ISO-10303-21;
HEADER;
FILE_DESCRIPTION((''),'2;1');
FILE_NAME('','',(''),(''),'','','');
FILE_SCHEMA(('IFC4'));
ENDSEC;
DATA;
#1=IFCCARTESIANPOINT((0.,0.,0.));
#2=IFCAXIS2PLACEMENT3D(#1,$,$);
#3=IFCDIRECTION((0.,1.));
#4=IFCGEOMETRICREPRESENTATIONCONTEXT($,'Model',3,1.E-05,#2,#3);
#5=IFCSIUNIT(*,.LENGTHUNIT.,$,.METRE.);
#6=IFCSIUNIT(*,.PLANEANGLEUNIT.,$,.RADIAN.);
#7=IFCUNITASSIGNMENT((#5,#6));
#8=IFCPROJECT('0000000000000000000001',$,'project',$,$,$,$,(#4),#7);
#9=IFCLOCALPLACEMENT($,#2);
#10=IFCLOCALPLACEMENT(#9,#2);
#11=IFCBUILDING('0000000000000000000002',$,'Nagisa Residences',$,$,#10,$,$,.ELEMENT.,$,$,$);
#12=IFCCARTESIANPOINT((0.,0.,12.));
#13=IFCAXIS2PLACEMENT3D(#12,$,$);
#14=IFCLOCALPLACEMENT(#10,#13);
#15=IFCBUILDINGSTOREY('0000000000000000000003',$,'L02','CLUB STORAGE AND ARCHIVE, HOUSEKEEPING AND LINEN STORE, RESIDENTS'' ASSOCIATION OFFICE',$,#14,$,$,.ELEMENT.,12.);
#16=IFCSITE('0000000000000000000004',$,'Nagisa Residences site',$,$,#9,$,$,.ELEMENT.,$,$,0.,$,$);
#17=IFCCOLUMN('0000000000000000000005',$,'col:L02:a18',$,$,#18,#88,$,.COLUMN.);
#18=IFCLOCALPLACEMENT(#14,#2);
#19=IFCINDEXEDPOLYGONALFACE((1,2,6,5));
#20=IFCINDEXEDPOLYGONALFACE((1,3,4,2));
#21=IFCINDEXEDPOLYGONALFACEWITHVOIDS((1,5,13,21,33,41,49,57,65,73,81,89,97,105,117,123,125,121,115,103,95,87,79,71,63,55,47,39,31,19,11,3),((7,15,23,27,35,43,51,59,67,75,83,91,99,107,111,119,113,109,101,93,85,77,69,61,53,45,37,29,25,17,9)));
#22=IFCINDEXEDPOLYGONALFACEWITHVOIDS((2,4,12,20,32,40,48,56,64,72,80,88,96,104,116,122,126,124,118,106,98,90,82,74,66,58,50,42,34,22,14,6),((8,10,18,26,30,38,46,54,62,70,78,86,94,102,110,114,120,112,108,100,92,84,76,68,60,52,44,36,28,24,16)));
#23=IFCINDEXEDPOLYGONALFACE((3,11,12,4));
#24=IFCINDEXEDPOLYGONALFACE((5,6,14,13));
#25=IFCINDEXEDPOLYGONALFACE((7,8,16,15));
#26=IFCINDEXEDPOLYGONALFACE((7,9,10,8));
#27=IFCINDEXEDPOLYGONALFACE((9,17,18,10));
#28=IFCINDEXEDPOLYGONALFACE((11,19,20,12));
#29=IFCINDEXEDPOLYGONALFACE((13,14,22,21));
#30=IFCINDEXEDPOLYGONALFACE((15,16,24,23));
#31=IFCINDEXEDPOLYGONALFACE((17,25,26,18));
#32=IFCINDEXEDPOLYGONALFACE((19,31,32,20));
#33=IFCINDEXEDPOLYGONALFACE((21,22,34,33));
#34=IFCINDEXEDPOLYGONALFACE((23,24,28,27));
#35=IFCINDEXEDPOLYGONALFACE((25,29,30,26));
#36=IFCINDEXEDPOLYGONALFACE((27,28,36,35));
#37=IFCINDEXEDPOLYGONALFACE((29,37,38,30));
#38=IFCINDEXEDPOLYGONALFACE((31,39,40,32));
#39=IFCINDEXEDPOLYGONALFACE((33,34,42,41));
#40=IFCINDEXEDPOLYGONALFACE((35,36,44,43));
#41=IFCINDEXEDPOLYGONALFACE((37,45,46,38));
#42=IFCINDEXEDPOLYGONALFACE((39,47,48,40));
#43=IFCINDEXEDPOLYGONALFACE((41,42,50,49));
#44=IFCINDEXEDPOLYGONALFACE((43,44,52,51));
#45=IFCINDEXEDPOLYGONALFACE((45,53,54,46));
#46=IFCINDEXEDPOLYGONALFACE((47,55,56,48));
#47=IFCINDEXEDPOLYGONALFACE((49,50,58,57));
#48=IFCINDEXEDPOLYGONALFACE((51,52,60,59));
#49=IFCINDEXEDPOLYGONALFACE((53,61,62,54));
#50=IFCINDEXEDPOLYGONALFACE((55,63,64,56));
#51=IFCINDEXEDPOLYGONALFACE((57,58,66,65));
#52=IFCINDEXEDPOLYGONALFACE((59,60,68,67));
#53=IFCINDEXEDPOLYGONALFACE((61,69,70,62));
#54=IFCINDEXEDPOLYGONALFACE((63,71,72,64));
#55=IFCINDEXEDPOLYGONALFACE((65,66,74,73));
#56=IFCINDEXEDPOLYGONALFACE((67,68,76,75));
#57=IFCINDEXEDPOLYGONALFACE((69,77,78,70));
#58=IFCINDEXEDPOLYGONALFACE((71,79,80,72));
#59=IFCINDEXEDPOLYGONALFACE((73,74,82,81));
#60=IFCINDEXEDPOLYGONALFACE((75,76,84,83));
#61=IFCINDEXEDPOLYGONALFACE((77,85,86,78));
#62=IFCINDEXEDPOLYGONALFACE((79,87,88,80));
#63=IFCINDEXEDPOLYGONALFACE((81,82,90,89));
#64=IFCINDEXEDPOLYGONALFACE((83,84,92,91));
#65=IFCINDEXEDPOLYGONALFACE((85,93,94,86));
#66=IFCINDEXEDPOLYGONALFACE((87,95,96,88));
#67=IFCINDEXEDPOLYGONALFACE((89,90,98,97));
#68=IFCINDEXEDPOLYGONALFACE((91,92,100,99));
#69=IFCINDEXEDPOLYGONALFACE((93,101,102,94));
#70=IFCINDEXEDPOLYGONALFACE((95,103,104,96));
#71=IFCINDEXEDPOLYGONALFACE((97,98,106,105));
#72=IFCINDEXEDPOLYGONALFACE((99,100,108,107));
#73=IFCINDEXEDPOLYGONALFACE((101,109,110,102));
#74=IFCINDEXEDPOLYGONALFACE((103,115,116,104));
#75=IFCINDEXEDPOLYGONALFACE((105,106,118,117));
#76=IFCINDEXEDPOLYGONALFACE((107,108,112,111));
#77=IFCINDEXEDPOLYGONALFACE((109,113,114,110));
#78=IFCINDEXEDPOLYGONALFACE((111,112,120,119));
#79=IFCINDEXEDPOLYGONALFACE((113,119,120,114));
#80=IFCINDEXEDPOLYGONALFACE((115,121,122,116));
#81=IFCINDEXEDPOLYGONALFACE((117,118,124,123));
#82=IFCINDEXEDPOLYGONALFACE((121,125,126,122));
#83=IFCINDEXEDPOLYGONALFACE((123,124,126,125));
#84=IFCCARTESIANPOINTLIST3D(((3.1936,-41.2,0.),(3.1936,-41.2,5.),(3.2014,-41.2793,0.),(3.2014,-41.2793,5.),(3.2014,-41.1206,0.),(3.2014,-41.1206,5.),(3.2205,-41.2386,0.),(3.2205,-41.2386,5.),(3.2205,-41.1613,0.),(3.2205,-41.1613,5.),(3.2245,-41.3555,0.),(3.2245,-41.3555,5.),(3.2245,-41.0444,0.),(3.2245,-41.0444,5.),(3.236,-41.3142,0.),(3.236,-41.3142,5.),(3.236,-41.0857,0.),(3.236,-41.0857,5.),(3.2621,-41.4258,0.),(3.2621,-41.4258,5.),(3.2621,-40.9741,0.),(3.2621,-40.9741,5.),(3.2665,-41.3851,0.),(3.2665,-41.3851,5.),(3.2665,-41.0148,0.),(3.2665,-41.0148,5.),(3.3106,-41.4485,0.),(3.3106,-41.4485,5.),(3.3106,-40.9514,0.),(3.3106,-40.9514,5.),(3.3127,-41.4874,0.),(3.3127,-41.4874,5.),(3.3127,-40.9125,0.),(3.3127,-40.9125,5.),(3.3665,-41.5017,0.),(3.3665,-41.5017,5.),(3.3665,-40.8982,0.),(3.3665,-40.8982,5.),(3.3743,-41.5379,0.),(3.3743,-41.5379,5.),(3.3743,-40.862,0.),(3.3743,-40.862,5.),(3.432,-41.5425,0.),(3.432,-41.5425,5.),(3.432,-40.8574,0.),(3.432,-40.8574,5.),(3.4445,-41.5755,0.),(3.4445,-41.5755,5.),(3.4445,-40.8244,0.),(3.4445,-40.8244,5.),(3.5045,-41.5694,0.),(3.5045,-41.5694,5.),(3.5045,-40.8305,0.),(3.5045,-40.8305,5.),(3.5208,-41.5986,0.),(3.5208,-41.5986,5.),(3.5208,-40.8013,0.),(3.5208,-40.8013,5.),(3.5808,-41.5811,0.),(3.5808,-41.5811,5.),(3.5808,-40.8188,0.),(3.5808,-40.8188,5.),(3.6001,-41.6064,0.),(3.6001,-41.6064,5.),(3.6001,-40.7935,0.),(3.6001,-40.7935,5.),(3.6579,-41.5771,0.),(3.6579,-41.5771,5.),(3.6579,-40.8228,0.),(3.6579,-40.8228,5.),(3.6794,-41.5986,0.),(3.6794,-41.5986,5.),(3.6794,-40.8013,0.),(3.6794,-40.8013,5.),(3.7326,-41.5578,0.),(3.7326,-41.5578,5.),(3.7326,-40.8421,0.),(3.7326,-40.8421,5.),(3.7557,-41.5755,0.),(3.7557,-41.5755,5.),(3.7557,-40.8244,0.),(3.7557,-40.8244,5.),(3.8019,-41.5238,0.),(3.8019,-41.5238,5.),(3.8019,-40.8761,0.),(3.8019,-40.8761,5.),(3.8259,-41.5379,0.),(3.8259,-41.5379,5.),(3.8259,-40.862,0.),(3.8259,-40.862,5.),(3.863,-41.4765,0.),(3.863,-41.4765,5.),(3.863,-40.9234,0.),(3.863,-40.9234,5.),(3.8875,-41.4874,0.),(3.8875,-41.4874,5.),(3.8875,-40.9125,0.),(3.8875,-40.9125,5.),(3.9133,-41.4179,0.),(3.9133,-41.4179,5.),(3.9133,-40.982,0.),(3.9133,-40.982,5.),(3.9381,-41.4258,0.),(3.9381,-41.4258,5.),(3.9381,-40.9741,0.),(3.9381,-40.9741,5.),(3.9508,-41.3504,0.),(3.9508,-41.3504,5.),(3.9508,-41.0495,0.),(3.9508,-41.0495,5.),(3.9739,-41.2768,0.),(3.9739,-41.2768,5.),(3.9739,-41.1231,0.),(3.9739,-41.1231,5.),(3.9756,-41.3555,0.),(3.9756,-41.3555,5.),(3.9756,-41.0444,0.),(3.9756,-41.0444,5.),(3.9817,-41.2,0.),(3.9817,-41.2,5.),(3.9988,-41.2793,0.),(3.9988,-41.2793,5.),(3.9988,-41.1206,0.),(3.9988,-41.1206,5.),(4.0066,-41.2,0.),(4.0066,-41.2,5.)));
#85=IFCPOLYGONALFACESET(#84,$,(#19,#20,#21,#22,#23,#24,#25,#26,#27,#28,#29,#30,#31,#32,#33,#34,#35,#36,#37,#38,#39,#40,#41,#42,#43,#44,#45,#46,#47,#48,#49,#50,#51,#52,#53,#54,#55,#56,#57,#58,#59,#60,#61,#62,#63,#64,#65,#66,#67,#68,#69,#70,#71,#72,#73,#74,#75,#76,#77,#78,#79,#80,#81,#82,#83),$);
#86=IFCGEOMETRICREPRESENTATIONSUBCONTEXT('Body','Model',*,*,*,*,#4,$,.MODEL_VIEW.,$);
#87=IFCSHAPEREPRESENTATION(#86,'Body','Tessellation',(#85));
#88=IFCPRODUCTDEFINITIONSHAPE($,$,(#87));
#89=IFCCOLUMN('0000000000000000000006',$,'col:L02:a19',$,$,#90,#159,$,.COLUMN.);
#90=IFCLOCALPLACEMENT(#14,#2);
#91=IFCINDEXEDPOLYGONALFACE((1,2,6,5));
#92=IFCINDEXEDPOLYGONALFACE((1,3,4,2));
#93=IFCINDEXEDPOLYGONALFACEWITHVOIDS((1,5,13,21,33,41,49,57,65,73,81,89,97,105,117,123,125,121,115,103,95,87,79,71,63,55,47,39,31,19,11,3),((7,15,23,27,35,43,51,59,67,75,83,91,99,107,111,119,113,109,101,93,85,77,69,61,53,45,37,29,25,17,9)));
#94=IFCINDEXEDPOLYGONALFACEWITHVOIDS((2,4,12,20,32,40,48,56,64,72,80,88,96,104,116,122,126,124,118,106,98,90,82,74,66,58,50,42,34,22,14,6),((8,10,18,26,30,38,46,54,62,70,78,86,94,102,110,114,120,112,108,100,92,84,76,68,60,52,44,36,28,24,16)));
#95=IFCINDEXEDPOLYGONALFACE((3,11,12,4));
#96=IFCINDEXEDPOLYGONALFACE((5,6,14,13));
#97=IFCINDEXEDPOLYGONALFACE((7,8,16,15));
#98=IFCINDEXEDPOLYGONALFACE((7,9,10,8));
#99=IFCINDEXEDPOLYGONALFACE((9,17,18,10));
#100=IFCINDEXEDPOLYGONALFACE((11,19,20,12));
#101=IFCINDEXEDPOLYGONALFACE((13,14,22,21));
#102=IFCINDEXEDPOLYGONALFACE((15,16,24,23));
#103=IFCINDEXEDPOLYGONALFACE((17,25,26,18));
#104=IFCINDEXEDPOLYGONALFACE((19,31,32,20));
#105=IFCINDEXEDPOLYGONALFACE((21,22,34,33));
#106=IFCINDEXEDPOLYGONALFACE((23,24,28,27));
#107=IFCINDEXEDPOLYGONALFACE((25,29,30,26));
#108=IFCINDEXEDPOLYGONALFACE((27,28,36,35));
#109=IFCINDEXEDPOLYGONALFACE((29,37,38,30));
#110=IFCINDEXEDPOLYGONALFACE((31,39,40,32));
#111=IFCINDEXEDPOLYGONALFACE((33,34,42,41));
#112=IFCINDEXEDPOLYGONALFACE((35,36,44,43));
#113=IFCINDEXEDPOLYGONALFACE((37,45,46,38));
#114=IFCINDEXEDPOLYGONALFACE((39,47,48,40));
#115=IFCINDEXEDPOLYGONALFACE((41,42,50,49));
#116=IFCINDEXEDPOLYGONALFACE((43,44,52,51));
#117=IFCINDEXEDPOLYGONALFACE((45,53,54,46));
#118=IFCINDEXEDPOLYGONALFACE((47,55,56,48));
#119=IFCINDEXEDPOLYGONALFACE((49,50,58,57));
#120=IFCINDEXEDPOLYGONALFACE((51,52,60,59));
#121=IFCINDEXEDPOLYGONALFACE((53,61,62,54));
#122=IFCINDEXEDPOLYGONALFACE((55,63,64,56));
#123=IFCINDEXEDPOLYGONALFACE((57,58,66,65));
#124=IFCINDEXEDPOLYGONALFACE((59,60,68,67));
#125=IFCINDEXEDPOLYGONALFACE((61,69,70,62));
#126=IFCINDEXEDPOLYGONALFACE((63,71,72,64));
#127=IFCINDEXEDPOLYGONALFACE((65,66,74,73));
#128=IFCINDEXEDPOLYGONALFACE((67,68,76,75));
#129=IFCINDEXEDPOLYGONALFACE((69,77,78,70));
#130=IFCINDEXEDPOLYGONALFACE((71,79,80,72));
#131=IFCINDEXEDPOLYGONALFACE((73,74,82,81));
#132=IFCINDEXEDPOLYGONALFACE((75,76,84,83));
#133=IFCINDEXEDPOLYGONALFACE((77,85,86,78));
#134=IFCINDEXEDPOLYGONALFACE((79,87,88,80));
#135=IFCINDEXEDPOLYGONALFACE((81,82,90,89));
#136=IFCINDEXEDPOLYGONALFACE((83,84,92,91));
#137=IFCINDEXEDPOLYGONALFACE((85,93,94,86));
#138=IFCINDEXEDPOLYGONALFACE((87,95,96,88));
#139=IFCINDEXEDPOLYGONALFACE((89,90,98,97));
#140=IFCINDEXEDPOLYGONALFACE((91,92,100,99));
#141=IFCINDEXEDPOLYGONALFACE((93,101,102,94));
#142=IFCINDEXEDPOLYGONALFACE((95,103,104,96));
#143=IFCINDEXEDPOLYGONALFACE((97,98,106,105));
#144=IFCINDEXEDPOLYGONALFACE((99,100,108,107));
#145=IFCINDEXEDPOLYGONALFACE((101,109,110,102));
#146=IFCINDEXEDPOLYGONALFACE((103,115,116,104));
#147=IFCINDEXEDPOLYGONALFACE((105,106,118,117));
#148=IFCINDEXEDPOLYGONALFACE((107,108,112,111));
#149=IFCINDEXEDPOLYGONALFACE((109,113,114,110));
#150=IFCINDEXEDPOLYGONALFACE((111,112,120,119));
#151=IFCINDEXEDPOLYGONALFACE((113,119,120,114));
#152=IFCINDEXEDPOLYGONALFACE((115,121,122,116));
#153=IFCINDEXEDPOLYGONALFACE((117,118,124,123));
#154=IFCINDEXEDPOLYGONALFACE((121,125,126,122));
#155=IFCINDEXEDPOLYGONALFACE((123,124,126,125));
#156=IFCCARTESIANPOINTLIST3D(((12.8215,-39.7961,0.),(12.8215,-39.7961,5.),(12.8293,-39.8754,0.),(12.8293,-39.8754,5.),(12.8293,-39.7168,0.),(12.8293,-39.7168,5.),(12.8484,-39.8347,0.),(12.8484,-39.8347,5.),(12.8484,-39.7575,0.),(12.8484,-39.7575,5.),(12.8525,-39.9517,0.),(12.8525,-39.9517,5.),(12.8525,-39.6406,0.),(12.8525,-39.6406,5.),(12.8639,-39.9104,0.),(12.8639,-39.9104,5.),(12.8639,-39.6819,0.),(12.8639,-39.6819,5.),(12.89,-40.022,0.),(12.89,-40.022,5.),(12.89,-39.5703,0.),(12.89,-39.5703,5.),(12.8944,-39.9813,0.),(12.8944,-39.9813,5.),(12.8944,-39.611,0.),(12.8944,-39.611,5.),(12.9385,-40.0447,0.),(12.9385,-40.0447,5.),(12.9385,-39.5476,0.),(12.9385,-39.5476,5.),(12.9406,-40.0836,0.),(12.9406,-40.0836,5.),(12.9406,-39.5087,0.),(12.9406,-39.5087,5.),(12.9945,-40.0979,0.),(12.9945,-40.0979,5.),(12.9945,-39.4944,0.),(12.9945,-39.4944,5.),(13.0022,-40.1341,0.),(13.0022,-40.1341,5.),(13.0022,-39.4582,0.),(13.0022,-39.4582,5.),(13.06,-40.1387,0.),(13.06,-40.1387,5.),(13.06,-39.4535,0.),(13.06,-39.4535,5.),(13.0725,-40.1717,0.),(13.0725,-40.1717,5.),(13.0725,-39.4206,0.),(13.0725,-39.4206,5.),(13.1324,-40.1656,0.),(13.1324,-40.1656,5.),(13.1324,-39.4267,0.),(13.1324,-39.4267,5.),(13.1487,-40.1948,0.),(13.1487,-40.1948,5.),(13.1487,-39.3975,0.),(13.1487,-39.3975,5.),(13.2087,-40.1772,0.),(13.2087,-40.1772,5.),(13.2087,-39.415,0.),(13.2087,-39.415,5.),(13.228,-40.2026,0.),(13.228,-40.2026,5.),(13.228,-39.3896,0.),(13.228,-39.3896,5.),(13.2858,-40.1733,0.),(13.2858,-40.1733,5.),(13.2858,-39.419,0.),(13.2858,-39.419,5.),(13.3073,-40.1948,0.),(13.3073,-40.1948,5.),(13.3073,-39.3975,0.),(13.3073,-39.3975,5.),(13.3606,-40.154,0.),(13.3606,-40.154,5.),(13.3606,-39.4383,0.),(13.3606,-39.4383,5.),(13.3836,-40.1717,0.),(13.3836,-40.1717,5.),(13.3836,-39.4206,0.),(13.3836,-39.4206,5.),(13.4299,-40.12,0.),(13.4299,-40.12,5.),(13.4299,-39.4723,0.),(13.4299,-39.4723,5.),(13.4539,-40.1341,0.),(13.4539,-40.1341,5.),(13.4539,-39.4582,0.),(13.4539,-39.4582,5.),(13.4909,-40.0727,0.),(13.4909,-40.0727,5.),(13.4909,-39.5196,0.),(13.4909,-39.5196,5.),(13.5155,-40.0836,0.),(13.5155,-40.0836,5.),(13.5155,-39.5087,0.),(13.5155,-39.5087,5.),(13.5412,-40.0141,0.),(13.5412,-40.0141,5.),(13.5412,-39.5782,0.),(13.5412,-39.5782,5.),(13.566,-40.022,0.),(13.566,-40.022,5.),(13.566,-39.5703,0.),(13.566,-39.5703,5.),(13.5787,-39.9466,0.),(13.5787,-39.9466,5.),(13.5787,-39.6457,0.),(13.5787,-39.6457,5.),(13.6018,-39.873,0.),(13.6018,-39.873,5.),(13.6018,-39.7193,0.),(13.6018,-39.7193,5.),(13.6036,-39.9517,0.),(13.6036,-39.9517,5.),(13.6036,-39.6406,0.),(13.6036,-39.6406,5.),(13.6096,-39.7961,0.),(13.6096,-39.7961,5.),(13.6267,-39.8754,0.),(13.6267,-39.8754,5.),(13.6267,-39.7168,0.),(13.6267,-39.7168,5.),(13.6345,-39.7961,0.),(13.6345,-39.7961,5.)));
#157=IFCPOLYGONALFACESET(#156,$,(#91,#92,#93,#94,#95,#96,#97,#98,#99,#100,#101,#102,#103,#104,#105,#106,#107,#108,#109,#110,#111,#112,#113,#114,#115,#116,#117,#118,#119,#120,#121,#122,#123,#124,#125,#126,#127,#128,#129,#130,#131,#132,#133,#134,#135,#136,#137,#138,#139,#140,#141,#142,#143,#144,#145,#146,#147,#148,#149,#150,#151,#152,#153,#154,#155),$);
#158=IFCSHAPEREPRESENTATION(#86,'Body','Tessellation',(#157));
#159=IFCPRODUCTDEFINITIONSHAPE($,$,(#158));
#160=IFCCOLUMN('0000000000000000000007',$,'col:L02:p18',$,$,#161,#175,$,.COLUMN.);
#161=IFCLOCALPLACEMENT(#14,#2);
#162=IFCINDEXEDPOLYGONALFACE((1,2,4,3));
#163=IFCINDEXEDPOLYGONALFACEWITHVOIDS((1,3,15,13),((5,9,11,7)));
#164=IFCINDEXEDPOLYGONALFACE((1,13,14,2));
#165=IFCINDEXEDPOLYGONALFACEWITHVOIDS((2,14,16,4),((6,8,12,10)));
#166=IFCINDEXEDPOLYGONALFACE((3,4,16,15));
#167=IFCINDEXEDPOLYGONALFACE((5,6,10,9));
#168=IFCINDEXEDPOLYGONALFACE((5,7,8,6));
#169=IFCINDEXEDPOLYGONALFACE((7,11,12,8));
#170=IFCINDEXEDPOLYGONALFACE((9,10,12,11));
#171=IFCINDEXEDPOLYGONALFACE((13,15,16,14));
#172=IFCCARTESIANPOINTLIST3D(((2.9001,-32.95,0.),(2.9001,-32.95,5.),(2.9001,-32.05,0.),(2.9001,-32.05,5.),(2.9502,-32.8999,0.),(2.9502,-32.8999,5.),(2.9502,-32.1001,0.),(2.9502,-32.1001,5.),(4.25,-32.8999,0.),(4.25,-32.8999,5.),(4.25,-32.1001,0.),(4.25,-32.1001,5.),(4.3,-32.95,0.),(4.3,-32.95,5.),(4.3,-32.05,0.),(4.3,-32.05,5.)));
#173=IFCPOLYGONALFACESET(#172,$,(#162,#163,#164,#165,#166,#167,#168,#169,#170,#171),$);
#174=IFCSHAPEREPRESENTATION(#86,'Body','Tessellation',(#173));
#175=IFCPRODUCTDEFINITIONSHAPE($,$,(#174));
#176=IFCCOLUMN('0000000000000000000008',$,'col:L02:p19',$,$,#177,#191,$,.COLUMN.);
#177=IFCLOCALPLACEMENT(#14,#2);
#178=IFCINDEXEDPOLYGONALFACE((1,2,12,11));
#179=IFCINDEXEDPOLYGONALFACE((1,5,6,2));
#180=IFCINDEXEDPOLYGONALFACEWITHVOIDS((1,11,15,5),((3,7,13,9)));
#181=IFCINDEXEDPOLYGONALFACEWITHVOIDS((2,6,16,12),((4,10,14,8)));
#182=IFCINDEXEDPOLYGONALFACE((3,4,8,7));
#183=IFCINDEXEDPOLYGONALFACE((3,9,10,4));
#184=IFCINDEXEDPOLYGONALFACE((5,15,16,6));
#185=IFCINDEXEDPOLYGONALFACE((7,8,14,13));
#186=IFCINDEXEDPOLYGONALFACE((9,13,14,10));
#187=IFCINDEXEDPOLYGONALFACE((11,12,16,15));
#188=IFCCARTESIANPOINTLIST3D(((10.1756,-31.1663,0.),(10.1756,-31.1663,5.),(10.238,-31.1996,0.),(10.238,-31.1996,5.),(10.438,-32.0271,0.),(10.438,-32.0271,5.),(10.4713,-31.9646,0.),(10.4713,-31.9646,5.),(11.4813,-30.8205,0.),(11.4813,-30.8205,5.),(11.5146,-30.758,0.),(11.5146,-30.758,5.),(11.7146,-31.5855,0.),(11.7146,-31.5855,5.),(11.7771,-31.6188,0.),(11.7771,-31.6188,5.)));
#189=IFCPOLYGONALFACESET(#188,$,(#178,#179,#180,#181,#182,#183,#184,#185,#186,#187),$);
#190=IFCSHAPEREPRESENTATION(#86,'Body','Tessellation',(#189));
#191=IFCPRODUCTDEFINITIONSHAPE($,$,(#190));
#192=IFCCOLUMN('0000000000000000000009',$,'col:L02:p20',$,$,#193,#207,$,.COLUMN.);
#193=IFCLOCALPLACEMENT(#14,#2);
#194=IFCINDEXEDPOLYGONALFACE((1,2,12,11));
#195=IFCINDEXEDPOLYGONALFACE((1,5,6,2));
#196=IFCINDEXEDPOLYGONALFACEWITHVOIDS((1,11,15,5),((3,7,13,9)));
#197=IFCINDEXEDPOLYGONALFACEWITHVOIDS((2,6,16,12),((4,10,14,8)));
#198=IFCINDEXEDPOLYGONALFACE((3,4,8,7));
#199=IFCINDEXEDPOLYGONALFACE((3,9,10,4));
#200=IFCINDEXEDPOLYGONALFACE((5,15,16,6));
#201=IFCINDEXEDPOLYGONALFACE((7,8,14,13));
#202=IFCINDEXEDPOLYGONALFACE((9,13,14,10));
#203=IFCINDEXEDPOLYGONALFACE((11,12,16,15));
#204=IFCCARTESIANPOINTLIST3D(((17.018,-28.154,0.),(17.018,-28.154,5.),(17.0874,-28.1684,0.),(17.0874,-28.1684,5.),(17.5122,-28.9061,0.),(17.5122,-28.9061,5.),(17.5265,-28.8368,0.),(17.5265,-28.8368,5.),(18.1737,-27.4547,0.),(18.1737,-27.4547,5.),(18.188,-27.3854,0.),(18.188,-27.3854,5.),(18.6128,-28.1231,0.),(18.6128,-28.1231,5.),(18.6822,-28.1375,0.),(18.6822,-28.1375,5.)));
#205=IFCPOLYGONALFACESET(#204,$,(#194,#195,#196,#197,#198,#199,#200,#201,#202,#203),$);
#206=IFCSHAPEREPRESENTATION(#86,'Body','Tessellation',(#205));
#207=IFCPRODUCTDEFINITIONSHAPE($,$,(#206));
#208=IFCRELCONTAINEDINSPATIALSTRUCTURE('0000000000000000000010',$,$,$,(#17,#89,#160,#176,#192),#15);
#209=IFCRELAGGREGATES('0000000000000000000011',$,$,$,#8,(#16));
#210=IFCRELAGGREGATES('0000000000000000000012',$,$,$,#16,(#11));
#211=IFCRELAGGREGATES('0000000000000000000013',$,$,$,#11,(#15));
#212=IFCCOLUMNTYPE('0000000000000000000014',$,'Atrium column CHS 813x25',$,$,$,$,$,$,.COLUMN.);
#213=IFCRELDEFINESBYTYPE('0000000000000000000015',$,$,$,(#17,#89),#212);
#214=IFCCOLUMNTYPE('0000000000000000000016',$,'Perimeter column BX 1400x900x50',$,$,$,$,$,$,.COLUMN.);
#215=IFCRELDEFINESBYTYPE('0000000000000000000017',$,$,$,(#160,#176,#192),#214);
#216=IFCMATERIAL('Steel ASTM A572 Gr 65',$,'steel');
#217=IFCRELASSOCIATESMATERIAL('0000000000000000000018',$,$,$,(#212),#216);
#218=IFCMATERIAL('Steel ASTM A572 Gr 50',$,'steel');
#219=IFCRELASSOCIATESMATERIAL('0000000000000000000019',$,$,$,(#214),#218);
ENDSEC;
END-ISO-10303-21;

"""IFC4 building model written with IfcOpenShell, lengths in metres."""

from ifc_helpers import new_model, si_unit, direction, frame, origin, origin_2d, place, context, subcontext, project, spatial, hollow_rectangle, hollow_circle, extrude, material, material_profile, profile_set, type_object, element, save


model = new_model("IFC4")

# Units and contexts
model_context = context("Model", 3, precision=1e-05, world=origin(), true_north=direction((0.0, 1.0)))
body_context = subcontext(model_context, "Body", "Model", "MODEL_VIEW")
ifc_project = project(units=[si_unit("LENGTHUNIT", "METRE"), si_unit("PLANEANGLEUNIT", "RADIAN")], contexts=[model_context])

# Site, building, storey
site_placement = place(None, origin())
site = spatial("IfcSite", under=ifc_project, at=site_placement, Name="Nagisa Residences site", CompositionType="ELEMENT", RefElevation=0.0)
building_placement = place(site_placement, origin())
building = spatial("IfcBuilding", under=site, at=building_placement, Name="Nagisa Residences", CompositionType="ELEMENT")
storey_placement = place(building_placement, frame((0.0, 0.0, 12.0)))
storey = spatial("IfcBuildingStorey", under=building, at=storey_placement, Name="L02", Description="CLUB STORAGE AND ARCHIVE, HOUSEKEEPING AND LINEN STORE, RESIDENTS' ASSOCIATION OFFICE", CompositionType="ELEMENT", Elevation=12.0)

# Columns
ifc_material_1 = material(Name="Steel ASTM A572 Gr 65", Category="steel")
ifc_material_profile_1 = material_profile(ifc_material_1, hollow_circle(Radius=0.4065, WallThickness=0.0249, at=origin_2d()), Name="CHS 813x25")
ifc_profile_set_1 = profile_set([ifc_material_profile_1], Name="Steel ASTM A572 Gr 65")
column_type_1 = type_object("IfcColumnType", Name="Atrium column CHS 813x25", PredefinedType="COLUMN", material=ifc_profile_set_1)
for number, where, z_axis, x_axis, name in (
    (1, (3.6001, -41.2, 0.0), (0.0, 0.0, 1.0), (1.0, 0.0, 0.0), "col:L02:a18"),
    (2, (13.228, -39.7961, 0.0), (0.0, 0.0, 1.0), (1.0, 0.0, 0.0), "col:L02:a19"),
):
    element("IfcColumn", number, at=place(storey_placement, frame(where, z_axis=z_axis, x_axis=x_axis)), inside=storey, type_object=column_type_1, Name=name, PredefinedType="COLUMN", context=body_context, shape_type="SweptSolid", body=[
        extrude(hollow_circle(Radius=0.4065, WallThickness=0.0249, at=origin_2d()), origin(), (0.0, 0.0, 1.0), 5.0),
    ])
ifc_material_2 = material(Name="Steel ASTM A572 Gr 50", Category="steel")
ifc_material_profile_2 = material_profile(ifc_material_2, hollow_rectangle(XDim=1.3999, YDim=0.8999, WallThickness=0.05, at=origin_2d()), Name="BX 1400x900x50")
ifc_profile_set_2 = profile_set([ifc_material_profile_2], Name="Steel ASTM A572 Gr 50")
column_type_2 = type_object("IfcColumnType", Name="Perimeter column BX 1400x900x50", PredefinedType="COLUMN", material=ifc_profile_set_2)
for number, where, z_axis, x_axis, name in (
    (3, (3.6001, -32.5, 0.0), (0.0, 0.0, 1.0), (1.0, 0.0, 0.0), "col:L02:p18"),
    (4, (10.9763, -31.3926, 0.0), (0.0, 0.0, 1.0), (0.956525, 0.291652, 0.0), "col:L02:p19"),
    (5, (17.8501, -28.1458, 0.0), (0.0, 0.0, 1.0), (0.835766, 0.549086, 0.0), "col:L02:p20"),
):
    element("IfcColumn", number, at=place(storey_placement, frame(where, z_axis=z_axis, x_axis=x_axis)), inside=storey, type_object=column_type_2, Name=name, PredefinedType="COLUMN", context=body_context, shape_type="SweptSolid", body=[
        extrude(hollow_rectangle(XDim=1.3999, YDim=0.8999, WallThickness=0.05, at=origin_2d()), origin(), (0.0, 0.0, 1.0), 5.0),
    ])

save(model, "model.ifc")
